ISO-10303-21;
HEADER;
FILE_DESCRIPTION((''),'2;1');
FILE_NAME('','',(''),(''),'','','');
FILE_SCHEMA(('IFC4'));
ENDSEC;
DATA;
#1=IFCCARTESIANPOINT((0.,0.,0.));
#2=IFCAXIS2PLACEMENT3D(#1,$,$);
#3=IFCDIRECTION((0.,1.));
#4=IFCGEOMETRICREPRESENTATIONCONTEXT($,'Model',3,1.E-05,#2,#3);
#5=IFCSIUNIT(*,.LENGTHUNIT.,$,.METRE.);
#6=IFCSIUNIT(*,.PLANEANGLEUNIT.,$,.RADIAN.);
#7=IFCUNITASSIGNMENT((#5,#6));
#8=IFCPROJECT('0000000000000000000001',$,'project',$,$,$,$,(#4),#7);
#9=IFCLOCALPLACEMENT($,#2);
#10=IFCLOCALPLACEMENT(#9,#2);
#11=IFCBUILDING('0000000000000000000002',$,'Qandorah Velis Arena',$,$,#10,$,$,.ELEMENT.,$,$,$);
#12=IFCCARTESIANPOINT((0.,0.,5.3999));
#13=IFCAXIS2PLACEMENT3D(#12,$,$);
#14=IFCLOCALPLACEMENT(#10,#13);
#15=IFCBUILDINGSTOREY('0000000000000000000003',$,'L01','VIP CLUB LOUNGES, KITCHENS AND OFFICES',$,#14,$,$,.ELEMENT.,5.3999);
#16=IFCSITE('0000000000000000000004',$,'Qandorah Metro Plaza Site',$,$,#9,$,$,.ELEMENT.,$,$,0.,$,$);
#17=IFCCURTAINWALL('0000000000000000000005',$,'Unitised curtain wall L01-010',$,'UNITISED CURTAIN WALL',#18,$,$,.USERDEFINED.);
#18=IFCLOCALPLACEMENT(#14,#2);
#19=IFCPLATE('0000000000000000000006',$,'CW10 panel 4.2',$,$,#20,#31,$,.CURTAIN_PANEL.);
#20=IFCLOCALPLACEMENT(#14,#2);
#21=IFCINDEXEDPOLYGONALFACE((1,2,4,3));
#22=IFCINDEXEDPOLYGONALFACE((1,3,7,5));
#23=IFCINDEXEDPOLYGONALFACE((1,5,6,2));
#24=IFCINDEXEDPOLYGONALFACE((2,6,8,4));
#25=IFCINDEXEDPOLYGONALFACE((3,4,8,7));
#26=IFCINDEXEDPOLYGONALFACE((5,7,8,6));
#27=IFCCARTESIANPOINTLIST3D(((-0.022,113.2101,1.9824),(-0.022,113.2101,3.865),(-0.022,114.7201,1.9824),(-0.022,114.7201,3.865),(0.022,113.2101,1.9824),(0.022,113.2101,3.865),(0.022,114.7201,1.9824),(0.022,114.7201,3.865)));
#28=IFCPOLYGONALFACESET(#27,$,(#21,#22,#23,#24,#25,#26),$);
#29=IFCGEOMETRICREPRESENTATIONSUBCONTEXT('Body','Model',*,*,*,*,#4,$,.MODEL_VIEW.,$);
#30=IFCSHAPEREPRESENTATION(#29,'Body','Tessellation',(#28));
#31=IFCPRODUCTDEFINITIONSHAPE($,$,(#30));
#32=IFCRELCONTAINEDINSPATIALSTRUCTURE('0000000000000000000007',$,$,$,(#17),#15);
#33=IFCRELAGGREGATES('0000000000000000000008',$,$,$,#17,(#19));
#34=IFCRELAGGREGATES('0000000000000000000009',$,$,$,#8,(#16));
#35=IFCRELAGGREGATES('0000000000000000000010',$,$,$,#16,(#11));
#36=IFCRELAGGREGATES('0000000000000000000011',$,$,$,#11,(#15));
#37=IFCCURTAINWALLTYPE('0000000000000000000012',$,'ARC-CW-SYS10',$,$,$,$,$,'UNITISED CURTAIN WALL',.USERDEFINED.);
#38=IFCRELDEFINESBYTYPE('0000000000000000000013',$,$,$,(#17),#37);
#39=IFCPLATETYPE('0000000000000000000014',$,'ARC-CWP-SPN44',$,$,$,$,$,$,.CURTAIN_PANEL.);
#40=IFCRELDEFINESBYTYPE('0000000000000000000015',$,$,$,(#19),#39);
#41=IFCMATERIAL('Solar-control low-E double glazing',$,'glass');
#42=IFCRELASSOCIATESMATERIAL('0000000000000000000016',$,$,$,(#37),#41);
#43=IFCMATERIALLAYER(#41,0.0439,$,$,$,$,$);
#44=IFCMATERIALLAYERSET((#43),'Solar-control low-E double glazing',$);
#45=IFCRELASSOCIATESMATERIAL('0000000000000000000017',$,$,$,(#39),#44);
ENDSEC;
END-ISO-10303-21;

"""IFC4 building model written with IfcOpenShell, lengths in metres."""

from ifc_helpers import new_model, si_unit, direction, frame, origin, origin_2d, place, context, subcontext, project, spatial, rectangle, extrude, material, layer, layer_set, type_object, element, aggregate, save


model = new_model("IFC4")

# Units and contexts
model_context = context("Model", 3, precision=1e-05, world=origin(), true_north=direction((0.0, 1.0)))
body_context = subcontext(model_context, "Body", "Model", "MODEL_VIEW")
ifc_project = project(units=[si_unit("LENGTHUNIT", "METRE"), si_unit("PLANEANGLEUNIT", "RADIAN")], contexts=[model_context])

# Site, building, storey
site_placement = place(None, origin())
site = spatial("IfcSite", under=ifc_project, at=site_placement, Name="Qandorah Metro Plaza Site", CompositionType="ELEMENT", RefElevation=0.0)
building_placement = place(site_placement, origin())
building = spatial("IfcBuilding", under=site, at=building_placement, Name="Qandorah Velis Arena", CompositionType="ELEMENT")
storey_placement = place(building_placement, frame((0.0, 0.0, 5.3999)))
storey = spatial("IfcBuildingStorey", under=building, at=storey_placement, Name="L01", Description="VIP CLUB LOUNGES, KITCHENS AND OFFICES", CompositionType="ELEMENT", Elevation=5.3999)

# Curtain wall
ifc_material_1 = material(Name="Solar-control low-E double glazing", Category="glass")
curtain_wall_type = type_object("IfcCurtainWallType", Name="ARC-CW-SYS10", ElementType="UNITISED CURTAIN WALL", PredefinedType="USERDEFINED", material=ifc_material_1)
curtain_wall_placement = place(storey_placement, origin())
curtain_wall = element("IfcCurtainWall", 1, at=curtain_wall_placement, inside=storey, type_object=curtain_wall_type, Name="Unitised curtain wall L01-010", ObjectType="UNITISED CURTAIN WALL", PredefinedType="USERDEFINED")

# Plate
ifc_layer = layer(ifc_material_1, 0.0439)
ifc_layer_set = layer_set([ifc_layer], Name="Solar-control low-E double glazing")
plate_type = type_object("IfcPlateType", Name="ARC-CWP-SPN44", PredefinedType="CURTAIN_PANEL", material=ifc_layer_set)
plate_1_placement = place(storey_placement, frame((0.0, 113.9651, 1.9824), z_axis=(0.0, 0.0, 1.0), x_axis=(0.0, 1.0, 0.0)))
plate_1 = element("IfcPlate", 2, at=plate_1_placement, type_object=plate_type, Name="CW10 panel 4.2", PredefinedType="CURTAIN_PANEL", context=body_context, shape_type="SweptSolid", body=[
    extrude(rectangle(XDim=1.51, YDim=0.0439, at=origin_2d()), origin(), (0.0, 0.0, 1.0), 1.8826),
])
aggregate(curtain_wall, [plate_1])

save(model, "model.ifc")
